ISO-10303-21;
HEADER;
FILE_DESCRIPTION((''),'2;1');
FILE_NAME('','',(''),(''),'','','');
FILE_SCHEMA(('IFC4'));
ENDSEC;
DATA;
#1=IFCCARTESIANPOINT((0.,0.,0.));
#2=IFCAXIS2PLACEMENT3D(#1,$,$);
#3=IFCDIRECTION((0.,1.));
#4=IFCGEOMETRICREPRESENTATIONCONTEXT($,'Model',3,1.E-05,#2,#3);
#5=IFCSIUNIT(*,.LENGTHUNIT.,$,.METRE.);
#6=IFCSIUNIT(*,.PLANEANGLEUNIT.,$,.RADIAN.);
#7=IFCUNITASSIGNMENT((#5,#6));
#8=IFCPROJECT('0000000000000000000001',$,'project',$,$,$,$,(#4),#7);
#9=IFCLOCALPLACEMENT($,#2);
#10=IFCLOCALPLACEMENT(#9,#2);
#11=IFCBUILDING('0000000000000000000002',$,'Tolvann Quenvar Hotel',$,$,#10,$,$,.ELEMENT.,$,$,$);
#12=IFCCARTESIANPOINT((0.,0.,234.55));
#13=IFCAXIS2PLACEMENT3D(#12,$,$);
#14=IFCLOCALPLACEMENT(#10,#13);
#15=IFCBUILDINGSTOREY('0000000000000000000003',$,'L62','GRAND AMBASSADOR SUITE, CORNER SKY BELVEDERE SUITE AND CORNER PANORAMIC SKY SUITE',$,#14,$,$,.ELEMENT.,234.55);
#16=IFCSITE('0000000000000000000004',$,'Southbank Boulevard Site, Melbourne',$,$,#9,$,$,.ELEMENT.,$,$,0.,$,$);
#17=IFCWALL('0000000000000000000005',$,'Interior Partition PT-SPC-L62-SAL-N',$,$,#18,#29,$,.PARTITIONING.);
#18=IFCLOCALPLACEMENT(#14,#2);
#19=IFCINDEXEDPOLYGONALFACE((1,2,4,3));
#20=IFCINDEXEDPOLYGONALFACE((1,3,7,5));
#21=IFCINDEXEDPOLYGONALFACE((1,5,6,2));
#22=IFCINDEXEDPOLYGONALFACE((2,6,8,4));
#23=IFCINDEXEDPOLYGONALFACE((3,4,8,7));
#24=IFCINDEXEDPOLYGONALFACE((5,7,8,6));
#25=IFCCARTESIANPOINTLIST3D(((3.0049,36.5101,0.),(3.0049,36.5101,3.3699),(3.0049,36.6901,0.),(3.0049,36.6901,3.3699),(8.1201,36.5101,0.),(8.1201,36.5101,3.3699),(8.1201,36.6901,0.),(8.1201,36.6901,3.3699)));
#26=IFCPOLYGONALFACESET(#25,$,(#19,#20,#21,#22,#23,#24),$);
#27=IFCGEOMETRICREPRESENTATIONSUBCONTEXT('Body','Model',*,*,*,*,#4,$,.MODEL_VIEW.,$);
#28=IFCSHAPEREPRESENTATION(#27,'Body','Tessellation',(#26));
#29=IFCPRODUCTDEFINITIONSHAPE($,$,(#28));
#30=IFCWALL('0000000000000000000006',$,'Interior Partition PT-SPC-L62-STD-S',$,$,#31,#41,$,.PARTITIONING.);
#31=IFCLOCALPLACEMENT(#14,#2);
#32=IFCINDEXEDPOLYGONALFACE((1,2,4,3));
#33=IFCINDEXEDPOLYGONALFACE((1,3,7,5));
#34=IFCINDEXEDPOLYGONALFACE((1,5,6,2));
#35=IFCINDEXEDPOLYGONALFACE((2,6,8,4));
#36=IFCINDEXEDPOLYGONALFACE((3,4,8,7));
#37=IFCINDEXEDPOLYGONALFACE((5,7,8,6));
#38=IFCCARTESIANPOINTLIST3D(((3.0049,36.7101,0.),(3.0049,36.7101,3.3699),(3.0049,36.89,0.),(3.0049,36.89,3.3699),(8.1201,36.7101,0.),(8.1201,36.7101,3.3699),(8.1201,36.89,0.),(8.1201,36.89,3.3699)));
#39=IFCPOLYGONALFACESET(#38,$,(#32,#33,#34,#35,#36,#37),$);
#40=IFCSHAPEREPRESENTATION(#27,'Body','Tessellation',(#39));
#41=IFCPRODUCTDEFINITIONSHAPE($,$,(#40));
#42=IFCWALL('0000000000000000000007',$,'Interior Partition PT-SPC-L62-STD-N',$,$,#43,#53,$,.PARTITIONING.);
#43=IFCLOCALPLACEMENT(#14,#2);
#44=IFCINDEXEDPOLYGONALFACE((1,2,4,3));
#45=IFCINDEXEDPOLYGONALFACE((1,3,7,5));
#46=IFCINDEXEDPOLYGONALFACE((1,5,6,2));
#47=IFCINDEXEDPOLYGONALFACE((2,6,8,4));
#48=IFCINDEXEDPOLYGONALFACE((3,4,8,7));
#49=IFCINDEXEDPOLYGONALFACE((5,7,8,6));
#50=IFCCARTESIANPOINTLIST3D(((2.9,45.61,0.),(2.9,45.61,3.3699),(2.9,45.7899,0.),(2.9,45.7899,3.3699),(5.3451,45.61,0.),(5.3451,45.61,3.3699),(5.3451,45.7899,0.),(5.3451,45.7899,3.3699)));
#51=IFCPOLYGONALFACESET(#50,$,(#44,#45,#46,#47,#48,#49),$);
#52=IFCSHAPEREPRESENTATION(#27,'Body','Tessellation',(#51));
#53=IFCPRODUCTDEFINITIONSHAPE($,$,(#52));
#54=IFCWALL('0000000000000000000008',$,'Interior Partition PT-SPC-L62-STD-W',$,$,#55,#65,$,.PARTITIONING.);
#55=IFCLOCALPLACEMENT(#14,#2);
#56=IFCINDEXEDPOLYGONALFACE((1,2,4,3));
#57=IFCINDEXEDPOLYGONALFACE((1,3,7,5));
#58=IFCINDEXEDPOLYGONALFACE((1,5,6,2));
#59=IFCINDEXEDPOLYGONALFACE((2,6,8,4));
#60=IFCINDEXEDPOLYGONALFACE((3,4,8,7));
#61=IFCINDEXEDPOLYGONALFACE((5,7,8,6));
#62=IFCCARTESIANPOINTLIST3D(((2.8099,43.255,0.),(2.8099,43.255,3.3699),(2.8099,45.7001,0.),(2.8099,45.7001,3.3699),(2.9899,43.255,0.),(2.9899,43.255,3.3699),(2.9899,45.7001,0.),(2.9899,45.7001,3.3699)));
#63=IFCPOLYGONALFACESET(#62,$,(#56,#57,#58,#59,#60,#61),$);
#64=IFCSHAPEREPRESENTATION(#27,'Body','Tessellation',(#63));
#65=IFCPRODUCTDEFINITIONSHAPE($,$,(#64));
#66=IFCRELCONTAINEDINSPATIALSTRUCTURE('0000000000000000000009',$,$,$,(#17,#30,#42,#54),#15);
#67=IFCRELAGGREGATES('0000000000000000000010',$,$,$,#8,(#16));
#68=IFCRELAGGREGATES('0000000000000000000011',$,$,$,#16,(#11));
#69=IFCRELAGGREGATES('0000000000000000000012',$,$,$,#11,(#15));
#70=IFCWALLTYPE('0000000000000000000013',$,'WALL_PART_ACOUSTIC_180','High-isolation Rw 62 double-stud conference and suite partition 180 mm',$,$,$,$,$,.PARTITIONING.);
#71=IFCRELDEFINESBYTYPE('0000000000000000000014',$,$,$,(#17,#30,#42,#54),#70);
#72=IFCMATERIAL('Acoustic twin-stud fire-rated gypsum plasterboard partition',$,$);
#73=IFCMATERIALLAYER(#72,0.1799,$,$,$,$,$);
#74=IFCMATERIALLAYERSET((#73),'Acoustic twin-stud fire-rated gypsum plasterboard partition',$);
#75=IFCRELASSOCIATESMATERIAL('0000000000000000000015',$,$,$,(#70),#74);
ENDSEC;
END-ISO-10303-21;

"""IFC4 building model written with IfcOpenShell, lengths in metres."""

from ifc_helpers import new_model, si_unit, direction, frame, frame_2d, origin, place, context, subcontext, project, spatial, rectangle, extrude, material, layer, layer_set, type_object, element, save


model = new_model("IFC4")

# Units and contexts
model_context = context("Model", 3, precision=1e-05, world=origin(), true_north=direction((0.0, 1.0)))
body_context = subcontext(model_context, "Body", "Model", "MODEL_VIEW")
ifc_project = project(units=[si_unit("LENGTHUNIT", "METRE"), si_unit("PLANEANGLEUNIT", "RADIAN")], contexts=[model_context])

# Site, building, storey
site_placement = place(None, origin())
site = spatial("IfcSite", under=ifc_project, at=site_placement, Name="Southbank Boulevard Site, Melbourne", CompositionType="ELEMENT", RefElevation=0.0)
building_placement = place(site_placement, origin())
building = spatial("IfcBuilding", under=site, at=building_placement, Name="Tolvann Quenvar Hotel", CompositionType="ELEMENT")
storey_placement = place(building_placement, frame((0.0, 0.0, 234.55)))
storey = spatial("IfcBuildingStorey", under=building, at=storey_placement, Name="L62", Description="GRAND AMBASSADOR SUITE, CORNER SKY BELVEDERE SUITE AND CORNER PANORAMIC SKY SUITE", CompositionType="ELEMENT", Elevation=234.55)

# Walls
ifc_material_1 = material(Name="Acoustic twin-stud fire-rated gypsum plasterboard partition")
ifc_layer_1 = layer(ifc_material_1, 0.1799)
ifc_layer_set_1 = layer_set([ifc_layer_1], Name="Acoustic twin-stud fire-rated gypsum plasterboard partition")
wall_type_1 = type_object("IfcWallType", Name="WALL_PART_ACOUSTIC_180", Description="High-isolation Rw 62 double-stud conference and suite partition 180 mm", PredefinedType="PARTITIONING", material=ifc_layer_set_1)
for number, where, z_axis, x_axis, name in (
    (1, (3.0049, 36.6001, 0.0), (0.0, 0.0, 1.0), (1.0, 0.0, 0.0), "Interior Partition PT-SPC-L62-SAL-N"),
    (2, (3.0049, 36.8, 0.0), (0.0, 0.0, 1.0), (1.0, 0.0, 0.0), "Interior Partition PT-SPC-L62-STD-S"),
):
    element("IfcWall", number, at=place(storey_placement, frame(where, z_axis=z_axis, x_axis=x_axis)), inside=storey, type_object=wall_type_1, Name=name, PredefinedType="PARTITIONING", context=body_context, shape_type="SweptSolid", body=[
        extrude(rectangle(XDim=5.1152, YDim=0.1799, at=frame_2d((2.5576, 0.0))), origin(), (0.0, 0.0, 1.0), 3.3699),
    ])
for number, where, z_axis, x_axis, name in (
    (3, (2.8999, 45.7, 0.0), (0.0, 0.0, 1.0), (1.0, 0.0, 0.0), "Interior Partition PT-SPC-L62-STD-N"),
    (4, (2.8999, 43.2549, 0.0), (0.0, 0.0, 1.0), (0.0, 1.0, 0.0), "Interior Partition PT-SPC-L62-STD-W"),
):
    element("IfcWall", number, at=place(storey_placement, frame(where, z_axis=z_axis, x_axis=x_axis)), inside=storey, type_object=wall_type_1, Name=name, PredefinedType="PARTITIONING", context=body_context, shape_type="SweptSolid", body=[
        extrude(rectangle(XDim=2.4451, YDim=0.1799, at=frame_2d((1.2227, 0.0))), origin(), (0.0, 0.0, 1.0), 3.3699),
    ])

save(model, "model.ifc")
